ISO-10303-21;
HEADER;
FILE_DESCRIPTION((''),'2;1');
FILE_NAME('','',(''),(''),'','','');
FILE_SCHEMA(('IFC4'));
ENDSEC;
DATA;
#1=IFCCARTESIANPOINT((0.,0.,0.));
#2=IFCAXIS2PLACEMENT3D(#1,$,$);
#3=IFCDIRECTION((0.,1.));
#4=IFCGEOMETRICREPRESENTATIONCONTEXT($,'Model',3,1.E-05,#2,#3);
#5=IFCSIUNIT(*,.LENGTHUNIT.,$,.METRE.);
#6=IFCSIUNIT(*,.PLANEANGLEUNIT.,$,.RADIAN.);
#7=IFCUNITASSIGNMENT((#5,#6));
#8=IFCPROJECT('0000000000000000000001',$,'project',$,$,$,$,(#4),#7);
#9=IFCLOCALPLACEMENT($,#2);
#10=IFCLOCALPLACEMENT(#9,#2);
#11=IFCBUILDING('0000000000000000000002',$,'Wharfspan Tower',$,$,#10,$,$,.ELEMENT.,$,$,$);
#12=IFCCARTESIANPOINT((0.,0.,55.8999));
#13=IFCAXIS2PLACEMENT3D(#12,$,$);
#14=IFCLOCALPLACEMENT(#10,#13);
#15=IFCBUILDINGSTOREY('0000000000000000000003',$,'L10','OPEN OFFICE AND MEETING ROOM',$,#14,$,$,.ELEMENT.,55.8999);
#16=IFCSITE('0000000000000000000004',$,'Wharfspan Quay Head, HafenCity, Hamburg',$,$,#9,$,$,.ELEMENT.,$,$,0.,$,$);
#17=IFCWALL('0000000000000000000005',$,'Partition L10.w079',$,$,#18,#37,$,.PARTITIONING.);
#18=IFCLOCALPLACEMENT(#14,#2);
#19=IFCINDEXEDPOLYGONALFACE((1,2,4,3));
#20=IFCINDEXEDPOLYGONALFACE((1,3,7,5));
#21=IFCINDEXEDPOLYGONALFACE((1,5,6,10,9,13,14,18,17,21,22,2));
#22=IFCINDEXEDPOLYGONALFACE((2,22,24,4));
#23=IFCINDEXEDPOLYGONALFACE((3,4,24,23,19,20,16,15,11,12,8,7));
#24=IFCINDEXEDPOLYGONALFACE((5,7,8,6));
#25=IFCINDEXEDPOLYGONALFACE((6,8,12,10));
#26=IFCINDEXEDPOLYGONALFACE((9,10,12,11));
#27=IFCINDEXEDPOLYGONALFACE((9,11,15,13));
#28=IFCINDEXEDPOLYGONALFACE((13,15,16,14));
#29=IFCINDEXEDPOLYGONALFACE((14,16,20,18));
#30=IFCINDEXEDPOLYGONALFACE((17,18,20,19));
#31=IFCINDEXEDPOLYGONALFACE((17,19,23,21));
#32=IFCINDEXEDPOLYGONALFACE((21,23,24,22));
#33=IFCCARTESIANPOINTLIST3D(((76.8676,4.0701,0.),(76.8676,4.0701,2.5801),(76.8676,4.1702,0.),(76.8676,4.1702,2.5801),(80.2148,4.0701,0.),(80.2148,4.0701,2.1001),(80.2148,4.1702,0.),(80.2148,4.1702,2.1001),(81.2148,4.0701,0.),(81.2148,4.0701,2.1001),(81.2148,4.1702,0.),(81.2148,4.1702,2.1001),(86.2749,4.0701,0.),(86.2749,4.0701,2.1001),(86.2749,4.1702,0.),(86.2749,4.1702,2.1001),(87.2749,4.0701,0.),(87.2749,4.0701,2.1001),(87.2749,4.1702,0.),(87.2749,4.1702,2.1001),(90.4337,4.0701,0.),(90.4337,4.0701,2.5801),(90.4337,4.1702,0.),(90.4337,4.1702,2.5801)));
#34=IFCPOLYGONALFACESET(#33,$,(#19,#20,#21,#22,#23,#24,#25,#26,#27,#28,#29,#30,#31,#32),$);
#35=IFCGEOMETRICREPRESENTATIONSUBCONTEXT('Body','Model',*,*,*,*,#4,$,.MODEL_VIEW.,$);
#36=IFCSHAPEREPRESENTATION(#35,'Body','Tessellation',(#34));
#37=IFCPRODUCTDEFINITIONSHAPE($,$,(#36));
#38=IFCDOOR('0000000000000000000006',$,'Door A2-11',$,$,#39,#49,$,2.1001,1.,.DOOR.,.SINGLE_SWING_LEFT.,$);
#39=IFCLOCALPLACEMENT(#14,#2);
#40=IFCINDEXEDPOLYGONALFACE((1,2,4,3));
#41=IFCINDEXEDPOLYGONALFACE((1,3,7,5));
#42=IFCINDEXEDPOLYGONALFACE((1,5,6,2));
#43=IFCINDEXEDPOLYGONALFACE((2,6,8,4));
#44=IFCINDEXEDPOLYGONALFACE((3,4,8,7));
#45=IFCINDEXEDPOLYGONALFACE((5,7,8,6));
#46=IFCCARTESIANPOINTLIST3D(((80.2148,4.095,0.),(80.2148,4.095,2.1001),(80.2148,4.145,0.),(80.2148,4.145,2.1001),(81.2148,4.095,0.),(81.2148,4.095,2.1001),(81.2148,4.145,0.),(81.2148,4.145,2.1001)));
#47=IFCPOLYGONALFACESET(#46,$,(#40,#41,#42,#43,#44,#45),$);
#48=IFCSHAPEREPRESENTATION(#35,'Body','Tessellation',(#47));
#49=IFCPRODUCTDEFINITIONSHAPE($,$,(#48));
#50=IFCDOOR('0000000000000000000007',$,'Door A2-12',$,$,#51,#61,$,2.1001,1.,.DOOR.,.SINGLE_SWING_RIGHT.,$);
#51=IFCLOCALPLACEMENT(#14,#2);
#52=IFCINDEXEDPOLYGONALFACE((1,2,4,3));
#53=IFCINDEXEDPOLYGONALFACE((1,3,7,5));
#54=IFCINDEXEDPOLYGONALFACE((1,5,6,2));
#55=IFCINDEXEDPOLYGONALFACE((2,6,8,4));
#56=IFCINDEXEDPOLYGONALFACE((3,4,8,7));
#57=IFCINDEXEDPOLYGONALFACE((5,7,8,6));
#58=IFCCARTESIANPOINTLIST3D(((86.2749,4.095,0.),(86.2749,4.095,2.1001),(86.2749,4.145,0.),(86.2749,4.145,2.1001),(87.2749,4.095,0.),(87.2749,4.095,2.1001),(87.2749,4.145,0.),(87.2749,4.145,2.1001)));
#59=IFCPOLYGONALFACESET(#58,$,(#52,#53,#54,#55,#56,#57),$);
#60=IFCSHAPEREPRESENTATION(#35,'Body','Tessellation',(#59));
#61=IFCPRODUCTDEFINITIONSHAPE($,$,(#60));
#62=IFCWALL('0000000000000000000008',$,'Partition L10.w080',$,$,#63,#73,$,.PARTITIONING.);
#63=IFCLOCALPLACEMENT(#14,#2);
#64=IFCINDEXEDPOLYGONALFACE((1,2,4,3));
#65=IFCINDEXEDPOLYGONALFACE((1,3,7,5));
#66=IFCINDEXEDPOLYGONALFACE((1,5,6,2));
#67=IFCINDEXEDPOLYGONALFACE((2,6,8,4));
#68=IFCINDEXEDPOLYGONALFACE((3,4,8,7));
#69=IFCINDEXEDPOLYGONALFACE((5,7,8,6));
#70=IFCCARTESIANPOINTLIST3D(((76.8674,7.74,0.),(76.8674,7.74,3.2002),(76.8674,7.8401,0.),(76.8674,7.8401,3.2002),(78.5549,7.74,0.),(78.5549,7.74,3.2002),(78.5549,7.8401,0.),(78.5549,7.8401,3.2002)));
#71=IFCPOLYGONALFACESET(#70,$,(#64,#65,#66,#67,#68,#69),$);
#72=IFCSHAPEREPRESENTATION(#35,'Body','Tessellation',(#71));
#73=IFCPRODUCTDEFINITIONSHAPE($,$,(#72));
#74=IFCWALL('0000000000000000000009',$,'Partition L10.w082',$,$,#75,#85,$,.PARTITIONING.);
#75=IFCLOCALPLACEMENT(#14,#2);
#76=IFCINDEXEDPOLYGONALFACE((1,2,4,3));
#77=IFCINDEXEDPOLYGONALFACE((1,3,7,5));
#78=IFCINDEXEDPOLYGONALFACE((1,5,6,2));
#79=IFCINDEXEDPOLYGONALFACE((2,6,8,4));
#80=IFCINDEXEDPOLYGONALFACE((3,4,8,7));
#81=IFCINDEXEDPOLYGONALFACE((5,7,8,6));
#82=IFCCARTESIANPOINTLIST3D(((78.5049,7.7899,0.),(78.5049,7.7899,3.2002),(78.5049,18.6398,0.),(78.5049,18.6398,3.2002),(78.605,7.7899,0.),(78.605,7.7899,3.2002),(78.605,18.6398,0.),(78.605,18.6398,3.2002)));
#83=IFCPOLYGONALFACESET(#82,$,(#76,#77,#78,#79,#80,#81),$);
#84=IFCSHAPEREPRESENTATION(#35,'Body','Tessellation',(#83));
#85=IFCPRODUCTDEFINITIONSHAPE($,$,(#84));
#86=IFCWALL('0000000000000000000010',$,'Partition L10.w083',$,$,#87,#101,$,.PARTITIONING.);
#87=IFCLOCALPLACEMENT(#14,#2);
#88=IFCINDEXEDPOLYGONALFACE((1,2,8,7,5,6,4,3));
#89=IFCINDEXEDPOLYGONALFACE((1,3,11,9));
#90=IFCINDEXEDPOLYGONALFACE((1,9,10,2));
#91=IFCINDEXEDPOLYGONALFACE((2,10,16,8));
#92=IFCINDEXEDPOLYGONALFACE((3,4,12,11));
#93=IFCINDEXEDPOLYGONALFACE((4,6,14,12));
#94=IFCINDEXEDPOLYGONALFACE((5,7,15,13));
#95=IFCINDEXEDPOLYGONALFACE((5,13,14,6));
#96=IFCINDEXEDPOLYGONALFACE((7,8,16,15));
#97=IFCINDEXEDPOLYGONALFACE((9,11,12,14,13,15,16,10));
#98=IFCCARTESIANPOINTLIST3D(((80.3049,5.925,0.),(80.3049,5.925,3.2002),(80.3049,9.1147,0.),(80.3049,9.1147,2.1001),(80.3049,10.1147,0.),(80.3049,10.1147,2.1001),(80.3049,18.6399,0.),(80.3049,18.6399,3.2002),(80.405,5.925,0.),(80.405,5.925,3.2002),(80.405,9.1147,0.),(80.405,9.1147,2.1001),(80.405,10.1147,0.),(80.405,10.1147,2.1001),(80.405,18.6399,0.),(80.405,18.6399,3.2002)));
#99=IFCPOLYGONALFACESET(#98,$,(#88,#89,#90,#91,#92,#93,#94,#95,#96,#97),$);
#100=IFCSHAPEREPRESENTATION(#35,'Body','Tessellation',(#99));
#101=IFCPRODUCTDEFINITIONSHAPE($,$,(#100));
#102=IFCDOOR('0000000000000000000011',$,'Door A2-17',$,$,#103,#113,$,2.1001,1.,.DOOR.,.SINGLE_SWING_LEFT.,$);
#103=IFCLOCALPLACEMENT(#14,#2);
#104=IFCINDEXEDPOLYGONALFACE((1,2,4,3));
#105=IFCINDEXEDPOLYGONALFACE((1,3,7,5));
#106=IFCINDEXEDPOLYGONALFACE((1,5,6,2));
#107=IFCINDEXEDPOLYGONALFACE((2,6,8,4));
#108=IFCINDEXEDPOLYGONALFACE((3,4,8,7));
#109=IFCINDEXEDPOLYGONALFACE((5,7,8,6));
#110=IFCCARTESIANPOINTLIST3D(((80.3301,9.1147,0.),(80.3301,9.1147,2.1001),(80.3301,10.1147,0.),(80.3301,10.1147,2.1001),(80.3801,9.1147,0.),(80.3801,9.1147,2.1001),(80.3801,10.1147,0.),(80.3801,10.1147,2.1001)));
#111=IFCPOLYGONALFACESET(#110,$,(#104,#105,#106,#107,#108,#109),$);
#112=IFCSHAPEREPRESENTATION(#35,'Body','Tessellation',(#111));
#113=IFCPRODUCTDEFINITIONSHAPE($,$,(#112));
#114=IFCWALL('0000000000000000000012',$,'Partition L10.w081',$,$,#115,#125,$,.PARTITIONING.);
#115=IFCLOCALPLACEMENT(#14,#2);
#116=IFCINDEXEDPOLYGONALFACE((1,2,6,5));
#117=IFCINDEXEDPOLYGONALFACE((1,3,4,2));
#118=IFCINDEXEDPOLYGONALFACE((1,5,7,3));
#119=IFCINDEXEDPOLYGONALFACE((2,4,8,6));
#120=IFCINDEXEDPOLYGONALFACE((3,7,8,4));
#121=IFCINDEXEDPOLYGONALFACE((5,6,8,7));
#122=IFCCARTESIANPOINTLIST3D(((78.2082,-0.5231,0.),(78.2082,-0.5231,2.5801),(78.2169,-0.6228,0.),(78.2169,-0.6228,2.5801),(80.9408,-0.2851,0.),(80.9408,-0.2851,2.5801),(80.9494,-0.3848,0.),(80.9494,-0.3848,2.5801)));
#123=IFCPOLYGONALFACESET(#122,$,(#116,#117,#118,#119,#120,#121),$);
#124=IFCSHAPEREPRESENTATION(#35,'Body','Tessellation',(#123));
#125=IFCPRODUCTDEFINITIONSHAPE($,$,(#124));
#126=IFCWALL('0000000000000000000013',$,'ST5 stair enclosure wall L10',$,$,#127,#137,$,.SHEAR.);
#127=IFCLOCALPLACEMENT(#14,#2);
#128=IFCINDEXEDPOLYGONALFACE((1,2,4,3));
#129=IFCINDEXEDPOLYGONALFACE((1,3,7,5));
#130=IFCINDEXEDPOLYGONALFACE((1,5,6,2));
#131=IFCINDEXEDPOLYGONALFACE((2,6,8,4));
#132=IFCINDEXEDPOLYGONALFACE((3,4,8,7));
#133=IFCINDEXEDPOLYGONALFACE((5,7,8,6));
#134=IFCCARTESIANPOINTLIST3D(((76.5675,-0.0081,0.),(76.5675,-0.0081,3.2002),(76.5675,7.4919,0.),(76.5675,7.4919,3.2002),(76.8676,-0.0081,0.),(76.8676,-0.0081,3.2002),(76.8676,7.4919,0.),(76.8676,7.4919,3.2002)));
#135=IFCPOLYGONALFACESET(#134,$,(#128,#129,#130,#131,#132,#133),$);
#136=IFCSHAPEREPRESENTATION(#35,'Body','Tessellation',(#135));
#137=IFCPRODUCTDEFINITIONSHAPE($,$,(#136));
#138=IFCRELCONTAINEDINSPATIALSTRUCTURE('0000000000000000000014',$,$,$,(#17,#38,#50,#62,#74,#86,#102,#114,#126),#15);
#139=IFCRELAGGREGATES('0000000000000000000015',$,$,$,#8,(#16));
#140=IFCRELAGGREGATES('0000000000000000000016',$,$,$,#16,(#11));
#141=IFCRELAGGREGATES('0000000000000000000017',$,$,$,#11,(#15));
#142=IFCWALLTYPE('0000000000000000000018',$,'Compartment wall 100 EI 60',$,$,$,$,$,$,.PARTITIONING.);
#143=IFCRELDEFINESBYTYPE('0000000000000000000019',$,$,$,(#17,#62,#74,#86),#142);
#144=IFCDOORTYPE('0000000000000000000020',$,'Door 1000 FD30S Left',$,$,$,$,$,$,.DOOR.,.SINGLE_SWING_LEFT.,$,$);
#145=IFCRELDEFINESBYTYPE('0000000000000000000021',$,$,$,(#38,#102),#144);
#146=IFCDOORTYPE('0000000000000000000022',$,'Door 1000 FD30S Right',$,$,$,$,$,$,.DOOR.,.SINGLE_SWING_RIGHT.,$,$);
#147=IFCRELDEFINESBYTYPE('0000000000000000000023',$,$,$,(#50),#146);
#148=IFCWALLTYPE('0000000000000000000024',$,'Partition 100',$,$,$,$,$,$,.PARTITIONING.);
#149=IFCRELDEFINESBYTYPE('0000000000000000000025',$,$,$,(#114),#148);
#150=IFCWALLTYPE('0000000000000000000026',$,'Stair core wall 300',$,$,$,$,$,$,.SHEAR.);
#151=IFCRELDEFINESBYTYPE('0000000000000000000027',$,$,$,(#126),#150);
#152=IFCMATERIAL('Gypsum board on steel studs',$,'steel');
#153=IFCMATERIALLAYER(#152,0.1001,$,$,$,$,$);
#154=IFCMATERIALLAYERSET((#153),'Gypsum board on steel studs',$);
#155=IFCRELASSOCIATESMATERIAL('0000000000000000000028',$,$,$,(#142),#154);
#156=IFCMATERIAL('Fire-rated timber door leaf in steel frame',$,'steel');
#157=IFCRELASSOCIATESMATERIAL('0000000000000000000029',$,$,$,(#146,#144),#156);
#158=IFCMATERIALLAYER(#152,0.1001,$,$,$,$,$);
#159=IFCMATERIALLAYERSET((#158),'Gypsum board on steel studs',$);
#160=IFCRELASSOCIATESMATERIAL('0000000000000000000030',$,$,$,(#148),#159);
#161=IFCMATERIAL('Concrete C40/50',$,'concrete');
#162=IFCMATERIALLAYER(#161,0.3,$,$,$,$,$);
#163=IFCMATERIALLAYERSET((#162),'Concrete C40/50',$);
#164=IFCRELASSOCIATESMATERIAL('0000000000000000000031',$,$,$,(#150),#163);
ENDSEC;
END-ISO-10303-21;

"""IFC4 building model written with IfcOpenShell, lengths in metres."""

from ifc_helpers import new_model, si_unit, direction, frame, frame_2d, origin, place, context, subcontext, project, spatial, rectangle, extrude, material, layer, layer_set, type_object, element, fill, save


model = new_model("IFC4")

# Units and contexts
model_context = context("Model", 3, precision=1e-05, world=origin(), true_north=direction((0.0, 1.0)))
body_context = subcontext(model_context, "Body", "Model", "MODEL_VIEW")
ifc_project = project(units=[si_unit("LENGTHUNIT", "METRE"), si_unit("PLANEANGLEUNIT", "RADIAN")], contexts=[model_context])

# Site, building, storey
site_placement = place(None, origin())
site = spatial("IfcSite", under=ifc_project, at=site_placement, Name="Wharfspan Quay Head, HafenCity, Hamburg", CompositionType="ELEMENT", RefElevation=0.0)
building_placement = place(site_placement, origin())
building = spatial("IfcBuilding", under=site, at=building_placement, Name="Wharfspan Tower", CompositionType="ELEMENT")
storey_placement = place(building_placement, frame((0.0, 0.0, 55.8999)))
storey = spatial("IfcBuildingStorey", under=building, at=storey_placement, Name="L10", Description="OPEN OFFICE AND MEETING ROOM", CompositionType="ELEMENT", Elevation=55.8999)

# Shared definitions
ifc_material_1 = material(Name="Gypsum board on steel studs", Category="steel")
ifc_layer_1 = layer(ifc_material_1, 0.1001)
ifc_layer_set_1 = layer_set([ifc_layer_1], Name="Gypsum board on steel studs")
wall_type_1 = type_object("IfcWallType", Name="Compartment wall 100 EI 60", PredefinedType="PARTITIONING", material=ifc_layer_set_1)
ifc_material_2 = material(Name="Fire-rated timber door leaf in steel frame", Category="steel")
door_type_1 = type_object("IfcDoorType", Name="Door 1000 FD30S Right", OperationType="SINGLE_SWING_RIGHT", PredefinedType="DOOR", material=ifc_material_2)

# Wall, openings, doors
wall_1_placement = place(storey_placement, frame((76.8674, 4.1201, 0.0), z_axis=(0.0, 0.0, 1.0), x_axis=(1.0, 0.0, 0.0)))
wall_1 = element("IfcWall", 1, at=wall_1_placement, inside=storey, type_object=wall_type_1, Name="Partition L10.w079", PredefinedType="PARTITIONING", context=body_context, shape_type="SweptSolid", body=[
    extrude(rectangle(XDim=13.5662, YDim=0.1001, at=frame_2d((6.7832, 0.0))), origin(), (0.0, 0.0, 1.0), 2.5801),
])
opening_1_placement = place(wall_1_placement, frame((3.3474, 0.0, 0.0)))
opening_1 = element("IfcOpeningElement", 2, at=opening_1_placement, cuts=wall_1, PredefinedType="OPENING", context=body_context, shape_type="SweptSolid", body=[
    extrude(rectangle(XDim=1.0, YDim=2.1001, at=frame_2d((0.5, 1.05))), frame((0.0, 0.0601, 0.0), z_axis=(0.0, -1.0, 0.0), x_axis=(1.0, 0.0, 0.0)), (0.0, 0.0, 1.0), 0.1201),
])
opening_2_placement = place(wall_1_placement, frame((9.4075, 0.0, 0.0)))
opening_2 = element("IfcOpeningElement", 3, at=opening_2_placement, cuts=wall_1, PredefinedType="OPENING", context=body_context, shape_type="SweptSolid", body=[
    extrude(rectangle(XDim=1.0, YDim=2.1001, at=frame_2d((0.5, 1.05))), frame((0.0, 0.0601, 0.0), z_axis=(0.0, -1.0, 0.0), x_axis=(1.0, 0.0, 0.0)), (0.0, 0.0, 1.0), 0.1201),
])
door_type_2 = type_object("IfcDoorType", Name="Door 1000 FD30S Left", OperationType="SINGLE_SWING_LEFT", PredefinedType="DOOR", material=ifc_material_2)
door_1_placement = place(opening_1_placement, origin())
door_1 = element("IfcDoor", 4, at=door_1_placement, inside=storey, type_object=door_type_2, Name="Door A2-11", OperationType="SINGLE_SWING_LEFT", OverallHeight=2.1001, OverallWidth=1.0, PredefinedType="DOOR", context=body_context, shape_type="SweptSolid", body=[
    extrude(rectangle(XDim=1.0, YDim=2.1001, at=frame_2d((0.5, 1.05))), frame((0.0, 0.0249, 0.0), z_axis=(0.0, -1.0, 0.0), x_axis=(1.0, 0.0, 0.0)), (0.0, 0.0, 1.0), 0.05),
])
fill(opening_1, door_1)
door_2_placement = place(opening_2_placement, origin())
door_2 = element("IfcDoor", 5, at=door_2_placement, inside=storey, type_object=door_type_1, Name="Door A2-12", OperationType="SINGLE_SWING_RIGHT", OverallHeight=2.1001, OverallWidth=1.0, PredefinedType="DOOR", context=body_context, shape_type="SweptSolid", body=[
    extrude(rectangle(XDim=1.0, YDim=2.1001, at=frame_2d((0.5, 1.05))), frame((0.0, 0.0249, 0.0), z_axis=(0.0, -1.0, 0.0), x_axis=(1.0, 0.0, 0.0)), (0.0, 0.0, 1.0), 0.05),
])
fill(opening_2, door_2)

# Walls
wall_2_placement = place(storey_placement, frame((76.8674, 7.79, 0.0), z_axis=(0.0, 0.0, 1.0), x_axis=(1.0, 0.0, 0.0)))
element("IfcWall", 6, at=wall_2_placement, inside=storey, type_object=wall_type_1, Name="Partition L10.w080", PredefinedType="PARTITIONING", context=body_context, shape_type="SweptSolid", body=[
    extrude(rectangle(XDim=1.6875, YDim=0.1001, at=frame_2d((0.8438, 0.0))), origin(), (0.0, 0.0, 1.0), 3.2002),
])
wall_3_placement = place(storey_placement, frame((78.5549, 7.79, 0.0), z_axis=(0.0, 0.0, 1.0), x_axis=(0.0, 1.0, 0.0)))
element("IfcWall", 7, at=wall_3_placement, inside=storey, type_object=wall_type_1, Name="Partition L10.w082", PredefinedType="PARTITIONING", context=body_context, shape_type="SweptSolid", body=[
    extrude(rectangle(XDim=10.8499, YDim=0.1001, at=frame_2d((5.4248, 0.0))), origin(), (0.0, 0.0, 1.0), 3.2002),
])

# Wall, opening, door
wall_4_placement = place(storey_placement, frame((80.355, 5.925, 0.0), z_axis=(0.0, 0.0, 1.0), x_axis=(0.0, 1.0, 0.0)))
wall_4 = element("IfcWall", 8, at=wall_4_placement, inside=storey, type_object=wall_type_1, Name="Partition L10.w083", PredefinedType="PARTITIONING", context=body_context, shape_type="SweptSolid", body=[
    extrude(rectangle(XDim=12.7148, YDim=0.1001, at=frame_2d((6.3574, 0.0))), origin(), (0.0, 0.0, 1.0), 3.2002),
])
opening_3_placement = place(wall_4_placement, frame((3.1897, 0.0, 0.0)))
opening_3 = element("IfcOpeningElement", 9, at=opening_3_placement, cuts=wall_4, PredefinedType="OPENING", context=body_context, shape_type="SweptSolid", body=[
    extrude(rectangle(XDim=1.0, YDim=2.1001, at=frame_2d((0.5, 1.05))), frame((0.0, 0.0601, 0.0), z_axis=(0.0, -1.0, 0.0), x_axis=(1.0, 0.0, 0.0)), (0.0, 0.0, 1.0), 0.1201),
])
door_3_placement = place(opening_3_placement, origin())
door_3 = element("IfcDoor", 10, at=door_3_placement, inside=storey, type_object=door_type_2, Name="Door A2-17", OperationType="SINGLE_SWING_LEFT", OverallHeight=2.1001, OverallWidth=1.0, PredefinedType="DOOR", context=body_context, shape_type="SweptSolid", body=[
    extrude(rectangle(XDim=1.0, YDim=2.1001, at=frame_2d((0.5, 1.05))), frame((0.0, 0.0249, 0.0), z_axis=(0.0, -1.0, 0.0), x_axis=(1.0, 0.0, 0.0)), (0.0, 0.0, 1.0), 0.05),
])
fill(opening_3, door_3)

# Walls
ifc_layer_2 = layer(ifc_material_1, 0.1001)
ifc_layer_set_2 = layer_set([ifc_layer_2], Name="Gypsum board on steel studs")
wall_type_2 = type_object("IfcWallType", Name="Partition 100", PredefinedType="PARTITIONING", material=ifc_layer_set_2)
wall_5_placement = place(storey_placement, frame((78.2124, -0.573, 0.0), z_axis=(0.0, 0.0, 1.0), x_axis=(0.996224, 0.086779, 0.0)))
element("IfcWall", 11, at=wall_5_placement, inside=storey, type_object=wall_type_2, Name="Partition L10.w081", PredefinedType="PARTITIONING", context=body_context, shape_type="SweptSolid", body=[
    extrude(rectangle(XDim=2.7429, YDim=0.1001, at=frame_2d((1.3716, 0.0))), origin(), (0.0, 0.0, 1.0), 2.5801),
])
ifc_material_3 = material(Name="Concrete C40/50", Category="concrete")
ifc_layer_3 = layer(ifc_material_3, 0.3)
ifc_layer_set_3 = layer_set([ifc_layer_3], Name="Concrete C40/50")
wall_type_3 = type_object("IfcWallType", Name="Stair core wall 300", PredefinedType="SHEAR", material=ifc_layer_set_3)
wall_6_placement = place(storey_placement, frame((76.7175, -0.0081, 0.0), z_axis=(0.0, 0.0, 1.0), x_axis=(0.0, 1.0, 0.0)))
element("IfcWall", 12, at=wall_6_placement, inside=storey, type_object=wall_type_3, Name="ST5 stair enclosure wall L10", PredefinedType="SHEAR", context=body_context, shape_type="SweptSolid", body=[
    extrude(rectangle(XDim=7.5, YDim=0.3, at=frame_2d((3.75, 0.0))), origin(), (0.0, 0.0, 1.0), 3.2002),
])

save(model, "model.ifc")
